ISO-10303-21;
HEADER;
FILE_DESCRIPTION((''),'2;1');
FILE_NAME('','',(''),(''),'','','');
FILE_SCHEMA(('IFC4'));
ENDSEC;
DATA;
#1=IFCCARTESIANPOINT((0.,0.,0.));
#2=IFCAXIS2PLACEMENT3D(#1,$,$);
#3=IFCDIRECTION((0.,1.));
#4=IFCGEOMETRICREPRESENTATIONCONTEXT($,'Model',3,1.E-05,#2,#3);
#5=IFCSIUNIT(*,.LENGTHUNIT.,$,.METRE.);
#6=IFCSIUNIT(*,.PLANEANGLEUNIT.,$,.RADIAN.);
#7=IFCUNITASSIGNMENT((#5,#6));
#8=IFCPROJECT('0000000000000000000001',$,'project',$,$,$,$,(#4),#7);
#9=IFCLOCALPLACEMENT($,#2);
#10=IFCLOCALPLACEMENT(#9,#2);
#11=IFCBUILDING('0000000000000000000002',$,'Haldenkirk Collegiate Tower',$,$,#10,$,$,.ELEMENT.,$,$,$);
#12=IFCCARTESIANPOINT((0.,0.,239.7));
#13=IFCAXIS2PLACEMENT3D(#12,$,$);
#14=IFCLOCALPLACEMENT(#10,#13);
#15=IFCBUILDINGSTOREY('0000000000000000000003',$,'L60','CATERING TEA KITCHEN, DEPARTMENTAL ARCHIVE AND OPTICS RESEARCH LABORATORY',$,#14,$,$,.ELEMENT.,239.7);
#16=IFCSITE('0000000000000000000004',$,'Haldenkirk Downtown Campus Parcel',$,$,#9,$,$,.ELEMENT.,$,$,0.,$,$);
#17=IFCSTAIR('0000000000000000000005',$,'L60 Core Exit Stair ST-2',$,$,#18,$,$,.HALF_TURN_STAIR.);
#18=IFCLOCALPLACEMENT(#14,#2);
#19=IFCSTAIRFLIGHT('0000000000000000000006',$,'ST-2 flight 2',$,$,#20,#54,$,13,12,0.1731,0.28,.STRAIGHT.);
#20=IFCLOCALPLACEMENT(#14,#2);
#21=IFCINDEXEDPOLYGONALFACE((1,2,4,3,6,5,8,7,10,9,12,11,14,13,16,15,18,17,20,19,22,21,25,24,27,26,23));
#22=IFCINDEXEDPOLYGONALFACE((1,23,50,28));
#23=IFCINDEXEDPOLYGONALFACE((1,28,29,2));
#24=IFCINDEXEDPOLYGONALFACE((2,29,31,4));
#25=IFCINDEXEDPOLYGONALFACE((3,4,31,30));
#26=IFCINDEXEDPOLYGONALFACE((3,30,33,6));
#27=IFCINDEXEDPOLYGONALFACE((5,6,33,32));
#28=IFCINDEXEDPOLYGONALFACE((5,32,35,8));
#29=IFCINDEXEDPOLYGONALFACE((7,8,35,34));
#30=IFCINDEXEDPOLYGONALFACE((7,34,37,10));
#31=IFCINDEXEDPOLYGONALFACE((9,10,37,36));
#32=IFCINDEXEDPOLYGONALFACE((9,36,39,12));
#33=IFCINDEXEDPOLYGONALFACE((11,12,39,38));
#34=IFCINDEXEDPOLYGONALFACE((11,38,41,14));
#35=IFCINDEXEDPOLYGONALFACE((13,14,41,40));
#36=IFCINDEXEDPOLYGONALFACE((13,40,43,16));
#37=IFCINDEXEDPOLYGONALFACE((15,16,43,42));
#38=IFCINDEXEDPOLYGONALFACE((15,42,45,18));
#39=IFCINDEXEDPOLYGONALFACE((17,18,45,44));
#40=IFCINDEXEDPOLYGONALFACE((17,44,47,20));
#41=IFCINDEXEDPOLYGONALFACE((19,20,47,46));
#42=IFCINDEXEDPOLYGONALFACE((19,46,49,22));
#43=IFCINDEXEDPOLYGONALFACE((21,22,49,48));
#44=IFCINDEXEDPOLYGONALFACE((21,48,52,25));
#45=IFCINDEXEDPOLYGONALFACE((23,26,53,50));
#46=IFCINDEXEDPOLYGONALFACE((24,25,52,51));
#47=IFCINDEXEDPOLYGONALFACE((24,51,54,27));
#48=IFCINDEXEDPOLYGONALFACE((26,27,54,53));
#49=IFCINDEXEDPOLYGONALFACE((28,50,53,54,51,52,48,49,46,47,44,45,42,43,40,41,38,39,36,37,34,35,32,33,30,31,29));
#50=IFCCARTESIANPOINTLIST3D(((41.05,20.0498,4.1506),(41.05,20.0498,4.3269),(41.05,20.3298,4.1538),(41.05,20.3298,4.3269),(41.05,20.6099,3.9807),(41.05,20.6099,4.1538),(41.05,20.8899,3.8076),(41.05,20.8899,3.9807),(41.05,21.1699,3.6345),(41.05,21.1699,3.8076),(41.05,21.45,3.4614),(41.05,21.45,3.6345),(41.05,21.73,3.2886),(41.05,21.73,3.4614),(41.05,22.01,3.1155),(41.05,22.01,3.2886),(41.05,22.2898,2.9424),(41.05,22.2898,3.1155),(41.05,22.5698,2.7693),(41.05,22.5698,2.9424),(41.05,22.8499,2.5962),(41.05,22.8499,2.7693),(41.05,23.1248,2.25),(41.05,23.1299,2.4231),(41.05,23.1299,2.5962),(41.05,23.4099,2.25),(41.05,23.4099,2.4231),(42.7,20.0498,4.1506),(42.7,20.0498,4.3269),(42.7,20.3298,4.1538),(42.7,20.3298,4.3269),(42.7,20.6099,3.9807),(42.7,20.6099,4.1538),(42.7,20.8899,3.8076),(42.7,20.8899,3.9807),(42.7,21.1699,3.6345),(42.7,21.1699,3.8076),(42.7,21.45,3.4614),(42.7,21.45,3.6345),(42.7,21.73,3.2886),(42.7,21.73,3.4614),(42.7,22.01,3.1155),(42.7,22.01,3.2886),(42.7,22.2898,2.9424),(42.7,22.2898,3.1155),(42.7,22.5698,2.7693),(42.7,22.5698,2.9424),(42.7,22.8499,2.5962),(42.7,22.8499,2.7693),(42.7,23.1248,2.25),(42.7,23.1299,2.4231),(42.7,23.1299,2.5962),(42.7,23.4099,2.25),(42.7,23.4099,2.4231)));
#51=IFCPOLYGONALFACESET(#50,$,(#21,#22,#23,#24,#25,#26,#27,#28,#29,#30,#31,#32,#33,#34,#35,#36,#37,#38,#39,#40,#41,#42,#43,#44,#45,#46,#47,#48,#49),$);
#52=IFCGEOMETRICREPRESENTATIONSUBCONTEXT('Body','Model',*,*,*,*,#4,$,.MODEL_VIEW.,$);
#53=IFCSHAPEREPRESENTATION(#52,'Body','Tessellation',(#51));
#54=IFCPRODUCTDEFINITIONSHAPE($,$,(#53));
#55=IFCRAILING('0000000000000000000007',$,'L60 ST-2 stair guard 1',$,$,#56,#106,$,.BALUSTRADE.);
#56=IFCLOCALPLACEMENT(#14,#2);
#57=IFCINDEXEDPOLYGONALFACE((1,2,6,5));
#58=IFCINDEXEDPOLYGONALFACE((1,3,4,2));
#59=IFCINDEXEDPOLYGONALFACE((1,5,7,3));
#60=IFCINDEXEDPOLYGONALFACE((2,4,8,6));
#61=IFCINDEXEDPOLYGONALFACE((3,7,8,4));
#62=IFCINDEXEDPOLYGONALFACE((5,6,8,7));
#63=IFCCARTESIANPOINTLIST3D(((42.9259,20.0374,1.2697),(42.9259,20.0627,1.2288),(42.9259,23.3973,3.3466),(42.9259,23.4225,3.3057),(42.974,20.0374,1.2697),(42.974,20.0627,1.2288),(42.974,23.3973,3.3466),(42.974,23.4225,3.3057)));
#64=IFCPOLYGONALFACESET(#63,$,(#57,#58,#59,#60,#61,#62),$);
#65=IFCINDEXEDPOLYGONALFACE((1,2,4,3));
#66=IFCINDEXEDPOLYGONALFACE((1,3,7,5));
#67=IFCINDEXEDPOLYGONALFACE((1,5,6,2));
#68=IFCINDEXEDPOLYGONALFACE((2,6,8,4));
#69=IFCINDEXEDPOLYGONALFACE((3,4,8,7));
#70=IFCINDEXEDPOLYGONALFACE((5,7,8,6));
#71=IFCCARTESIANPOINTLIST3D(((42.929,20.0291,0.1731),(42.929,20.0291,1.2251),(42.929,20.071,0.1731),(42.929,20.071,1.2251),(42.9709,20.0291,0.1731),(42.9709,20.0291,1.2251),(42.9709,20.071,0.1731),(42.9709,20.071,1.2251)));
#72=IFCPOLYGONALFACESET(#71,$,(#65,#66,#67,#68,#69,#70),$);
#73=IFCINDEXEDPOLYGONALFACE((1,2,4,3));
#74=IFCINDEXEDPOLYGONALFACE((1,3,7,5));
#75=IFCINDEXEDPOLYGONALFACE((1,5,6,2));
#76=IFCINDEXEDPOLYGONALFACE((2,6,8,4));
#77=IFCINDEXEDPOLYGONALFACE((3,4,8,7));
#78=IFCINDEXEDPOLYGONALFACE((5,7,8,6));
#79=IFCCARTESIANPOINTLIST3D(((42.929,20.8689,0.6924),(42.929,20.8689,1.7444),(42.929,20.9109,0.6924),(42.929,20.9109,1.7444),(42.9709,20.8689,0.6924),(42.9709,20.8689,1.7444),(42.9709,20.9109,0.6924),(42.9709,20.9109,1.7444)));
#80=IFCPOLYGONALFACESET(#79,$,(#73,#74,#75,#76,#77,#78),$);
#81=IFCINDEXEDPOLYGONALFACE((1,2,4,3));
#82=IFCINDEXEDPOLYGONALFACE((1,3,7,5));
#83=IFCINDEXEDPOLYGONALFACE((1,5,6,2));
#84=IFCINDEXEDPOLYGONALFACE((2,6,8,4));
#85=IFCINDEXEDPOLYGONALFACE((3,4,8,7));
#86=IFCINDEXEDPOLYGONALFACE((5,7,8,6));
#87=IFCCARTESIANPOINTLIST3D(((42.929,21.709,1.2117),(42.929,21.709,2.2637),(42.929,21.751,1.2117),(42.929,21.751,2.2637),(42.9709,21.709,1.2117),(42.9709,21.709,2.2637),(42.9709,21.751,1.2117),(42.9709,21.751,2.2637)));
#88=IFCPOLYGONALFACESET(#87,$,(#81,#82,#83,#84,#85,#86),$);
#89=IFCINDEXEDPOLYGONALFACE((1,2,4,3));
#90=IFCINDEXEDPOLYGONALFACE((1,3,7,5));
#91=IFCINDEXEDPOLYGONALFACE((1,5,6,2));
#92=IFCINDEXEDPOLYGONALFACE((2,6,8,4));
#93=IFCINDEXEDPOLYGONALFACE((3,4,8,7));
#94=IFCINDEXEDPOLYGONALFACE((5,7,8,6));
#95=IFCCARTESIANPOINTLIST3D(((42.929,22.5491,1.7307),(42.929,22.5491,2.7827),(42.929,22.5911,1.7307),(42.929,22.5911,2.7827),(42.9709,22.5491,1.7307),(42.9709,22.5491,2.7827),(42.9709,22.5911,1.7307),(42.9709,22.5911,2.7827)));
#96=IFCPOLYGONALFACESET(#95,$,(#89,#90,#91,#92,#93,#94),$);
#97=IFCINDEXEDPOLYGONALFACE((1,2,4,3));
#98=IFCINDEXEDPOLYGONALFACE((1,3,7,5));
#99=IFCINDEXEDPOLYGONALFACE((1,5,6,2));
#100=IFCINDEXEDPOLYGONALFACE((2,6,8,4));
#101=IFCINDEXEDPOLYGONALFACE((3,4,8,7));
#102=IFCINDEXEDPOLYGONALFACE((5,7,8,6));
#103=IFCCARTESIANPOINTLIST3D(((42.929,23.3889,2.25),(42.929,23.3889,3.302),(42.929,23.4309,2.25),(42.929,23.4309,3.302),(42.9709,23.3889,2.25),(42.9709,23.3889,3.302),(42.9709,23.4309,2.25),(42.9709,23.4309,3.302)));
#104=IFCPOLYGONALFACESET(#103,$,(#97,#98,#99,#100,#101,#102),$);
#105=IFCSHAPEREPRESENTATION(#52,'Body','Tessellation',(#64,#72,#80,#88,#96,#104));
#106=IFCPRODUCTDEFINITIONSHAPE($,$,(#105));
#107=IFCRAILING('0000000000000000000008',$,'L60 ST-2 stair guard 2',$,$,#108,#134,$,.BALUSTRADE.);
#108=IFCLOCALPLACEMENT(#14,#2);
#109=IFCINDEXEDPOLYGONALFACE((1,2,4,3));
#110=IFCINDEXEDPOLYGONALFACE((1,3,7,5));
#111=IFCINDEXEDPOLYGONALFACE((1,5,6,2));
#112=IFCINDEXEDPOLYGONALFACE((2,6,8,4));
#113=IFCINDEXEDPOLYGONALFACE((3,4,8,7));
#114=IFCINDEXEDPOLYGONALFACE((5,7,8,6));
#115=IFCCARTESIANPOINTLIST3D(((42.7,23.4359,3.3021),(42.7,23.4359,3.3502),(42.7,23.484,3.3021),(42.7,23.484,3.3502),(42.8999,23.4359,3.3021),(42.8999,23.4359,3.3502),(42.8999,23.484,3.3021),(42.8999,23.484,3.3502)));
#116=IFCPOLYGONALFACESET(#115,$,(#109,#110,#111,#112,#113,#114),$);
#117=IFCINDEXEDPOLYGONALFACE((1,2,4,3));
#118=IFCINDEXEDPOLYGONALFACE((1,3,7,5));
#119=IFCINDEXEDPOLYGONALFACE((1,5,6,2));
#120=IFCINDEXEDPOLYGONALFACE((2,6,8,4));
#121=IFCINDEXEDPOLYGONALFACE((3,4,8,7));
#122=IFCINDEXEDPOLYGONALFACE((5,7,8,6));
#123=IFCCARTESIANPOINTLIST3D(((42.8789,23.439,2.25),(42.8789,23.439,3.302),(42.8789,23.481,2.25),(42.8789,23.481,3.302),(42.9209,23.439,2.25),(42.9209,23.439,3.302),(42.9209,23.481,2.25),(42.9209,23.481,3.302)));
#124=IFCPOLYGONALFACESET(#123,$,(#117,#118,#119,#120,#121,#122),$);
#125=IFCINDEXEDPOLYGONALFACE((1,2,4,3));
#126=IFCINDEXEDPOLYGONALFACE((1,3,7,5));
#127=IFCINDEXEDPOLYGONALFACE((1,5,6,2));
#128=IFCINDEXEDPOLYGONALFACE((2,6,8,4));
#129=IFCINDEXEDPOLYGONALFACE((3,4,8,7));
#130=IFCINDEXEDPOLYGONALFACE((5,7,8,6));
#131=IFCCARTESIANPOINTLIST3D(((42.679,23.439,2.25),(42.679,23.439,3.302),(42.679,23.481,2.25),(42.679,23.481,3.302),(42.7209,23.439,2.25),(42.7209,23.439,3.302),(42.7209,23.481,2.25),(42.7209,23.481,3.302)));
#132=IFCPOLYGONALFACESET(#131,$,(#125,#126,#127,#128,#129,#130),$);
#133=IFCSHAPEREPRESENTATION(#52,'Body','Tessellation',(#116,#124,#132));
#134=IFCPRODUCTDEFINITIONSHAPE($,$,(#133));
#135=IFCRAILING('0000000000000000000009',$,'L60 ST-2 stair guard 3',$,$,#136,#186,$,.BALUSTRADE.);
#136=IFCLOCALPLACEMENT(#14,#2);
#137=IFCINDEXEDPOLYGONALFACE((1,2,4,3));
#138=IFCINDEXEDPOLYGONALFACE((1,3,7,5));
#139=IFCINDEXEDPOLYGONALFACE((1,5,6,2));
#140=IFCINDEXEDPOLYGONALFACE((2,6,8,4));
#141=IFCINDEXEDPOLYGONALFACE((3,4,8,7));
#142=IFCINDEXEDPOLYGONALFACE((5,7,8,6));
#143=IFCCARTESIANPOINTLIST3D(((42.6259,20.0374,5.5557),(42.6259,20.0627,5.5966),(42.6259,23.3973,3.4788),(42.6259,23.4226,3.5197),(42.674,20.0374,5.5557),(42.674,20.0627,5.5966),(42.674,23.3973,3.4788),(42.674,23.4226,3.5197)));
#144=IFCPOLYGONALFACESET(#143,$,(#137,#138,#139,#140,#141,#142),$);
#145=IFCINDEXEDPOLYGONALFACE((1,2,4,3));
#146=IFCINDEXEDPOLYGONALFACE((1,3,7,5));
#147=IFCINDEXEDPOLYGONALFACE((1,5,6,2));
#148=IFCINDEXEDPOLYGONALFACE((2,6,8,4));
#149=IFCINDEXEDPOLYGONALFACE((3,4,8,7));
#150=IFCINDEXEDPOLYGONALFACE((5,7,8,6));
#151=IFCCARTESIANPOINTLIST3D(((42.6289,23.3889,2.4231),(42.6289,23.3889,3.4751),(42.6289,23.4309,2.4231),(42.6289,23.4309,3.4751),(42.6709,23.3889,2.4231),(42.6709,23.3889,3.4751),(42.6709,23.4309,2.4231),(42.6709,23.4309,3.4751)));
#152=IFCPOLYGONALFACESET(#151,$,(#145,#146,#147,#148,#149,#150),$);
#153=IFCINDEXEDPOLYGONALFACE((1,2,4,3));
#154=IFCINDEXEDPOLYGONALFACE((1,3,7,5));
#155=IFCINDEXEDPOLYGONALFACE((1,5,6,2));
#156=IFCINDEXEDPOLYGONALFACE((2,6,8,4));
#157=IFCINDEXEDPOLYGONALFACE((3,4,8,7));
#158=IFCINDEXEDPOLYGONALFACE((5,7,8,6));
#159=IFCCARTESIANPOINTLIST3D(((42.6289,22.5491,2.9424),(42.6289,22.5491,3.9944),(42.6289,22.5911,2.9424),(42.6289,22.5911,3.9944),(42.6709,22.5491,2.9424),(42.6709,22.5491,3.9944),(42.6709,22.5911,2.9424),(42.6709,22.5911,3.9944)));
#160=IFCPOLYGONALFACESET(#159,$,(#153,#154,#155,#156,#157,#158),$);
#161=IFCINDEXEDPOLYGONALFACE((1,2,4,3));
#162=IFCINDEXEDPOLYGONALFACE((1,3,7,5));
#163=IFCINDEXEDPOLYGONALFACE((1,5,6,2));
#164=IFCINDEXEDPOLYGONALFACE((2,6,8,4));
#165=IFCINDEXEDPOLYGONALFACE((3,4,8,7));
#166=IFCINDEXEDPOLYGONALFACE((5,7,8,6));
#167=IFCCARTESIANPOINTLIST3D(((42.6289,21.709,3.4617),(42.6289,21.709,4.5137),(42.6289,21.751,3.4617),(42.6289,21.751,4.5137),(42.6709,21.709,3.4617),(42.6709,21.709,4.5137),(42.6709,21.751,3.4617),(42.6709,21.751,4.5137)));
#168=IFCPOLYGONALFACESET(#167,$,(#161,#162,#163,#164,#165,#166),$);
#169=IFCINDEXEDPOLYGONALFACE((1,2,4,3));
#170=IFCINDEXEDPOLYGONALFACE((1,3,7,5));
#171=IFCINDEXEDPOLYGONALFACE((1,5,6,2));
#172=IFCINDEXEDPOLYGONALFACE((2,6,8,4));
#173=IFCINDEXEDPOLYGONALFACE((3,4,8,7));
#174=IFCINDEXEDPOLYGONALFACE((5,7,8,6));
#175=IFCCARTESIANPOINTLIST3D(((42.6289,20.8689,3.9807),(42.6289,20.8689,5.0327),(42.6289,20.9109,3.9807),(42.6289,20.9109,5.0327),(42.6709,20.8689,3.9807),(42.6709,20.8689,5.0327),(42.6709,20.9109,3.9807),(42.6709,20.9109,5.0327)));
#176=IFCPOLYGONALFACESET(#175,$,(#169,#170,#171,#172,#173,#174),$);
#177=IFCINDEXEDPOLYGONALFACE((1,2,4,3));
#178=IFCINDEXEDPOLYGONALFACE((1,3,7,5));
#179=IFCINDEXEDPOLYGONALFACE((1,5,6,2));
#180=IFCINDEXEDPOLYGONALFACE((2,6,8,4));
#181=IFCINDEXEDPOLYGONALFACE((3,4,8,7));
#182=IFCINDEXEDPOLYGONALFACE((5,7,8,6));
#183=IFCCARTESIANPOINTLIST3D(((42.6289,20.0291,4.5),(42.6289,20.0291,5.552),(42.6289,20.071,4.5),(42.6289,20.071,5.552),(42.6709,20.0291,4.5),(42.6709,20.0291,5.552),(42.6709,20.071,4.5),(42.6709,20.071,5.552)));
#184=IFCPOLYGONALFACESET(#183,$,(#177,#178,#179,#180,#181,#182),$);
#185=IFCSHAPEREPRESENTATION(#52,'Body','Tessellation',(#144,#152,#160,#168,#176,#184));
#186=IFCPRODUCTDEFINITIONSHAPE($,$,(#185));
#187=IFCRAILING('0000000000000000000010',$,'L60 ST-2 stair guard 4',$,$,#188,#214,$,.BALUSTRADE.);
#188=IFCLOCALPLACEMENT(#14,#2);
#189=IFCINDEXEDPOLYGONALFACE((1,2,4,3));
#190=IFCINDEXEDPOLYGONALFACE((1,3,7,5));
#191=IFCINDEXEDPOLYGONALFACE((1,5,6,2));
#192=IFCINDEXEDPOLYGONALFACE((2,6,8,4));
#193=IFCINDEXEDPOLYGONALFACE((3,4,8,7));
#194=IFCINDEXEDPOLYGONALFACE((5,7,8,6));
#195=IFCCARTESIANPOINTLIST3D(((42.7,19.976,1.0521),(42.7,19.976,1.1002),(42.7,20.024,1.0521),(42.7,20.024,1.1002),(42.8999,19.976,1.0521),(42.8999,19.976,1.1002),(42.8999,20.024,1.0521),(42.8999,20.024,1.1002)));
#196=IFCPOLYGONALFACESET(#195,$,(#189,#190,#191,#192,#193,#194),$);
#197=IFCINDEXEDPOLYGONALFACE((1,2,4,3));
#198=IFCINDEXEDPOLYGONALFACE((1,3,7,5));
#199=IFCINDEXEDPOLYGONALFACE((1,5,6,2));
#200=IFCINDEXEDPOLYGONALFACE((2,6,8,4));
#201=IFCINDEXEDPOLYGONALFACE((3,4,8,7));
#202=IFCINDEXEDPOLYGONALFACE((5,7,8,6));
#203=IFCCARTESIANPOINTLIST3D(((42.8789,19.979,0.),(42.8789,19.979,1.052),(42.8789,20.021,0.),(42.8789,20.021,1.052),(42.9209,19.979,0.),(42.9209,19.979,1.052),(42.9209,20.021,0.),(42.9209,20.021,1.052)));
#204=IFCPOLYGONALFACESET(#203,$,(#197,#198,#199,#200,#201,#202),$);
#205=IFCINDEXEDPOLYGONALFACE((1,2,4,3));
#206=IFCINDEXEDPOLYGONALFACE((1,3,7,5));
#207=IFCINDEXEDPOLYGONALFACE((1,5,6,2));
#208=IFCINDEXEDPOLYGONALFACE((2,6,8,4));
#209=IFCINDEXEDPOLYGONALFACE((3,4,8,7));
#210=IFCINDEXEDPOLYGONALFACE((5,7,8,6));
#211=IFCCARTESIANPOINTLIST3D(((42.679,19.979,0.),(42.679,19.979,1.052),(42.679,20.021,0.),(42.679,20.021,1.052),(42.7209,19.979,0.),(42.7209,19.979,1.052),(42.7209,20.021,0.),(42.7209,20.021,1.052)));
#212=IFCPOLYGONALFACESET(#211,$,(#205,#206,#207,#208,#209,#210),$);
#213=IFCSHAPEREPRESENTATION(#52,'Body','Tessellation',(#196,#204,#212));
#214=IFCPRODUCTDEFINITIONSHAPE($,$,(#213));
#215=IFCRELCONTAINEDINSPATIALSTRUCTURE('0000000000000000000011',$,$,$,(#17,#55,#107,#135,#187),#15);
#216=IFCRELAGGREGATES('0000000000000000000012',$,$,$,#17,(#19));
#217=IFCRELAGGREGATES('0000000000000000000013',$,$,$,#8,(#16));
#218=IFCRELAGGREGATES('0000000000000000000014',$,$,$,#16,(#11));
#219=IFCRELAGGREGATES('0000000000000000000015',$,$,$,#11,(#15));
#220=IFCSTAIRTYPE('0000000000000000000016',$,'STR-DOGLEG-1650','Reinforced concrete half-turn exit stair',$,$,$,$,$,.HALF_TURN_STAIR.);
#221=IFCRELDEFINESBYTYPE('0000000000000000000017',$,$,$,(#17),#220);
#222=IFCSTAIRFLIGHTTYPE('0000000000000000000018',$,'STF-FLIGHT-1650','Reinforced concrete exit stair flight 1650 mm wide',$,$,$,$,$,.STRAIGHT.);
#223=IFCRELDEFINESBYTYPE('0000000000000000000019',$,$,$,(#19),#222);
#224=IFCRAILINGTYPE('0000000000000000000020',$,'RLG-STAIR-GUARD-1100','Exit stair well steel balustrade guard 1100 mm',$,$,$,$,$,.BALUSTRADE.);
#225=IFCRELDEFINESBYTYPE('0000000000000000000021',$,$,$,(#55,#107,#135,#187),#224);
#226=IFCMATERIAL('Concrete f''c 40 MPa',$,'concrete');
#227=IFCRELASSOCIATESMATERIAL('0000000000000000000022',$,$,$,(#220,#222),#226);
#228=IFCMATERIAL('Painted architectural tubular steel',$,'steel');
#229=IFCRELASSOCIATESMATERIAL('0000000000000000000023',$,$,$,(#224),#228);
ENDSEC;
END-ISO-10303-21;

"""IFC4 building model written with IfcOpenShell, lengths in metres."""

from ifc_helpers import new_model, si_unit, direction, frame, origin, origin_2d, place, context, subcontext, project, spatial, polyline, rectangle, outline, extrude, material, type_object, element, aggregate, save


model = new_model("IFC4")

# Units and contexts
model_context = context("Model", 3, precision=1e-05, world=origin(), true_north=direction((0.0, 1.0)))
body_context = subcontext(model_context, "Body", "Model", "MODEL_VIEW")
ifc_project = project(units=[si_unit("LENGTHUNIT", "METRE"), si_unit("PLANEANGLEUNIT", "RADIAN")], contexts=[model_context])

# Site, building, storey
site_placement = place(None, origin())
site = spatial("IfcSite", under=ifc_project, at=site_placement, Name="Haldenkirk Downtown Campus Parcel", CompositionType="ELEMENT", RefElevation=0.0)
building_placement = place(site_placement, origin())
building = spatial("IfcBuilding", under=site, at=building_placement, Name="Haldenkirk Collegiate Tower", CompositionType="ELEMENT")
storey_placement = place(building_placement, frame((0.0, 0.0, 239.7)))
storey = spatial("IfcBuildingStorey", under=building, at=storey_placement, Name="L60", Description="CATERING TEA KITCHEN, DEPARTMENTAL ARCHIVE AND OPTICS RESEARCH LABORATORY", CompositionType="ELEMENT", Elevation=239.7)

# Stair, stair flight
ifc_material_1 = material(Name="Concrete f'c 40 MPa", Category="concrete")
stair_type = type_object("IfcStairType", Name="STR-DOGLEG-1650", Description="Reinforced concrete half-turn exit stair", PredefinedType="HALF_TURN_STAIR", material=ifc_material_1)
stair_placement = place(storey_placement, origin())
stair = element("IfcStair", 1, at=stair_placement, inside=storey, type_object=stair_type, Name="L60 Core Exit Stair ST-2", PredefinedType="HALF_TURN_STAIR")
stair_flight_type = type_object("IfcStairFlightType", Name="STF-FLIGHT-1650", Description="Reinforced concrete exit stair flight 1650 mm wide", PredefinedType="STRAIGHT", material=ifc_material_1)
stair_flight_1_placement = place(storey_placement, frame((41.875, 23.4099, 2.25), z_axis=(0.0, 0.0, 1.0), x_axis=(0.0, -1.0, 0.0)))
stair_flight_1 = element("IfcStairFlight", 2, at=stair_flight_1_placement, type_object=stair_flight_type, Name="ST-2 flight 2", NumberOfRisers=13, NumberOfTreads=12, PredefinedType="STRAIGHT", RiserHeight=0.1731, TreadLength=0.28, context=body_context, shape_type="SweptSolid", body=[
    extrude(outline(polyline([(0.0, 0.0), (0.0, 0.1731), (0.28, 0.1731), (0.28, 0.3462), (0.5601, 0.3462), (0.5601, 0.5193), (0.8401, 0.5193), (0.8401, 0.6924), (1.1201, 0.6924), (1.1201, 0.8655), (1.3999, 0.8655), (1.3999, 1.0386), (1.6799, 1.0386), (1.6799, 1.2114), (1.96, 1.2114), (1.96, 1.3845), (2.24, 1.3845), (2.24, 1.5576), (2.52, 1.5576), (2.52, 1.7307), (2.8, 1.7307), (2.8, 1.9038), (3.0801, 1.9038), (3.0801, 2.0769), (3.3601, 2.0769), (3.3601, 2.25), (3.3601, 1.9006), (0.2852, 0.0), (0.0, 0.0)])), frame((0.0, 0.825, 0.0), z_axis=(0.0, -1.0, 0.0), x_axis=(1.0, 0.0, 0.0)), (0.0, 0.0, 1.0), 1.6499),
])
aggregate(stair, [stair_flight_1])

# Railings
ifc_material_2 = material(Name="Painted architectural tubular steel", Category="steel")
railing_type_1 = type_object("IfcRailingType", Name="RLG-STAIR-GUARD-1100", Description="Exit stair well steel balustrade guard 1100 mm", PredefinedType="BALUSTRADE", material=ifc_material_2)
railing_1_placement = place(storey_placement, frame((42.95, 20.05, 0.1731)))
element("IfcRailing", 3, at=railing_1_placement, inside=storey, type_object=railing_type_1, Name="L60 ST-2 stair guard 1", PredefinedType="BALUSTRADE", context=body_context, shape_type="SweptSolid", body=[
    extrude(rectangle(XDim=0.0481, YDim=0.0481, at=origin_2d()), frame((0.0, 0.0, 1.0762), z_axis=(0.0, 0.850606, 0.525803), x_axis=(-1.0, 0.0, 0.0)), (0.0, 0.0, 1.0), 3.95),
    extrude(rectangle(XDim=0.042, YDim=0.042, at=origin_2d()), origin(), (0.0, 0.0, 1.0), 1.052),
    extrude(rectangle(XDim=0.042, YDim=0.042, at=origin_2d()), frame((0.0, 0.8398, 0.5193)), (0.0, 0.0, 1.0), 1.052),
    extrude(rectangle(XDim=0.042, YDim=0.042, at=origin_2d()), frame((0.0, 1.6799, 1.0386)), (0.0, 0.0, 1.0), 1.052),
    extrude(rectangle(XDim=0.042, YDim=0.042, at=origin_2d()), frame((0.0, 2.52, 1.5576)), (0.0, 0.0, 1.0), 1.052),
    extrude(rectangle(XDim=0.042, YDim=0.042, at=origin_2d()), frame((0.0, 3.3599, 2.0769)), (0.0, 0.0, 1.0), 1.052),
])
railing_2_placement = place(storey_placement, frame((42.8999, 23.46, 2.25)))
element("IfcRailing", 4, at=railing_2_placement, inside=storey, type_object=railing_type_1, Name="L60 ST-2 stair guard 2", PredefinedType="BALUSTRADE", context=body_context, shape_type="SweptSolid", body=[
    extrude(rectangle(XDim=0.0481, YDim=0.0481, at=origin_2d()), frame((0.0, 0.0, 1.0762), z_axis=(-1.0, 0.0, 0.0), x_axis=(0.0, -1.0, 0.0)), (0.0, 0.0, 1.0), 0.2),
    extrude(rectangle(XDim=0.042, YDim=0.042, at=origin_2d()), origin(), (0.0, 0.0, 1.0), 1.052),
    extrude(rectangle(XDim=0.042, YDim=0.042, at=origin_2d()), frame((-0.2, 0.0, 0.0)), (0.0, 0.0, 1.0), 1.052),
])
railing_3_placement = place(storey_placement, frame((42.6499, 23.4099, 2.4231)))
element("IfcRailing", 5, at=railing_3_placement, inside=storey, type_object=railing_type_1, Name="L60 ST-2 stair guard 3", PredefinedType="BALUSTRADE", context=body_context, shape_type="SweptSolid", body=[
    extrude(rectangle(XDim=0.0481, YDim=0.0481, at=origin_2d()), frame((0.0, 0.0, 1.0762), z_axis=(0.0, -0.850606, 0.525803), x_axis=(1.0, 0.0, 0.0)), (0.0, 0.0, 1.0), 3.95),
    extrude(rectangle(XDim=0.042, YDim=0.042, at=origin_2d()), origin(), (0.0, 0.0, 1.0), 1.052),
    extrude(rectangle(XDim=0.042, YDim=0.042, at=origin_2d()), frame((0.0, -0.8398, 0.5193)), (0.0, 0.0, 1.0), 1.052),
    extrude(rectangle(XDim=0.042, YDim=0.042, at=origin_2d()), frame((0.0, -1.6799, 1.0386)), (0.0, 0.0, 1.0), 1.052),
    extrude(rectangle(XDim=0.042, YDim=0.042, at=origin_2d()), frame((0.0, -2.52, 1.5576)), (0.0, 0.0, 1.0), 1.052),
    extrude(rectangle(XDim=0.042, YDim=0.042, at=origin_2d()), frame((0.0, -3.3599, 2.0769)), (0.0, 0.0, 1.0), 1.052),
])
railing_4_placement = place(storey_placement, frame((42.8999, 20.0, 0.0)))
element("IfcRailing", 6, at=railing_4_placement, inside=storey, type_object=railing_type_1, Name="L60 ST-2 stair guard 4", PredefinedType="BALUSTRADE", context=body_context, shape_type="SweptSolid", body=[
    extrude(rectangle(XDim=0.0481, YDim=0.0481, at=origin_2d()), frame((0.0, 0.0, 1.0762), z_axis=(-1.0, 0.0, 0.0), x_axis=(0.0, -1.0, 0.0)), (0.0, 0.0, 1.0), 0.2),
    extrude(rectangle(XDim=0.042, YDim=0.042, at=origin_2d()), origin(), (0.0, 0.0, 1.0), 1.052),
    extrude(rectangle(XDim=0.042, YDim=0.042, at=origin_2d()), frame((-0.2, 0.0, 0.0)), (0.0, 0.0, 1.0), 1.052),
])

save(model, "model.ifc")
